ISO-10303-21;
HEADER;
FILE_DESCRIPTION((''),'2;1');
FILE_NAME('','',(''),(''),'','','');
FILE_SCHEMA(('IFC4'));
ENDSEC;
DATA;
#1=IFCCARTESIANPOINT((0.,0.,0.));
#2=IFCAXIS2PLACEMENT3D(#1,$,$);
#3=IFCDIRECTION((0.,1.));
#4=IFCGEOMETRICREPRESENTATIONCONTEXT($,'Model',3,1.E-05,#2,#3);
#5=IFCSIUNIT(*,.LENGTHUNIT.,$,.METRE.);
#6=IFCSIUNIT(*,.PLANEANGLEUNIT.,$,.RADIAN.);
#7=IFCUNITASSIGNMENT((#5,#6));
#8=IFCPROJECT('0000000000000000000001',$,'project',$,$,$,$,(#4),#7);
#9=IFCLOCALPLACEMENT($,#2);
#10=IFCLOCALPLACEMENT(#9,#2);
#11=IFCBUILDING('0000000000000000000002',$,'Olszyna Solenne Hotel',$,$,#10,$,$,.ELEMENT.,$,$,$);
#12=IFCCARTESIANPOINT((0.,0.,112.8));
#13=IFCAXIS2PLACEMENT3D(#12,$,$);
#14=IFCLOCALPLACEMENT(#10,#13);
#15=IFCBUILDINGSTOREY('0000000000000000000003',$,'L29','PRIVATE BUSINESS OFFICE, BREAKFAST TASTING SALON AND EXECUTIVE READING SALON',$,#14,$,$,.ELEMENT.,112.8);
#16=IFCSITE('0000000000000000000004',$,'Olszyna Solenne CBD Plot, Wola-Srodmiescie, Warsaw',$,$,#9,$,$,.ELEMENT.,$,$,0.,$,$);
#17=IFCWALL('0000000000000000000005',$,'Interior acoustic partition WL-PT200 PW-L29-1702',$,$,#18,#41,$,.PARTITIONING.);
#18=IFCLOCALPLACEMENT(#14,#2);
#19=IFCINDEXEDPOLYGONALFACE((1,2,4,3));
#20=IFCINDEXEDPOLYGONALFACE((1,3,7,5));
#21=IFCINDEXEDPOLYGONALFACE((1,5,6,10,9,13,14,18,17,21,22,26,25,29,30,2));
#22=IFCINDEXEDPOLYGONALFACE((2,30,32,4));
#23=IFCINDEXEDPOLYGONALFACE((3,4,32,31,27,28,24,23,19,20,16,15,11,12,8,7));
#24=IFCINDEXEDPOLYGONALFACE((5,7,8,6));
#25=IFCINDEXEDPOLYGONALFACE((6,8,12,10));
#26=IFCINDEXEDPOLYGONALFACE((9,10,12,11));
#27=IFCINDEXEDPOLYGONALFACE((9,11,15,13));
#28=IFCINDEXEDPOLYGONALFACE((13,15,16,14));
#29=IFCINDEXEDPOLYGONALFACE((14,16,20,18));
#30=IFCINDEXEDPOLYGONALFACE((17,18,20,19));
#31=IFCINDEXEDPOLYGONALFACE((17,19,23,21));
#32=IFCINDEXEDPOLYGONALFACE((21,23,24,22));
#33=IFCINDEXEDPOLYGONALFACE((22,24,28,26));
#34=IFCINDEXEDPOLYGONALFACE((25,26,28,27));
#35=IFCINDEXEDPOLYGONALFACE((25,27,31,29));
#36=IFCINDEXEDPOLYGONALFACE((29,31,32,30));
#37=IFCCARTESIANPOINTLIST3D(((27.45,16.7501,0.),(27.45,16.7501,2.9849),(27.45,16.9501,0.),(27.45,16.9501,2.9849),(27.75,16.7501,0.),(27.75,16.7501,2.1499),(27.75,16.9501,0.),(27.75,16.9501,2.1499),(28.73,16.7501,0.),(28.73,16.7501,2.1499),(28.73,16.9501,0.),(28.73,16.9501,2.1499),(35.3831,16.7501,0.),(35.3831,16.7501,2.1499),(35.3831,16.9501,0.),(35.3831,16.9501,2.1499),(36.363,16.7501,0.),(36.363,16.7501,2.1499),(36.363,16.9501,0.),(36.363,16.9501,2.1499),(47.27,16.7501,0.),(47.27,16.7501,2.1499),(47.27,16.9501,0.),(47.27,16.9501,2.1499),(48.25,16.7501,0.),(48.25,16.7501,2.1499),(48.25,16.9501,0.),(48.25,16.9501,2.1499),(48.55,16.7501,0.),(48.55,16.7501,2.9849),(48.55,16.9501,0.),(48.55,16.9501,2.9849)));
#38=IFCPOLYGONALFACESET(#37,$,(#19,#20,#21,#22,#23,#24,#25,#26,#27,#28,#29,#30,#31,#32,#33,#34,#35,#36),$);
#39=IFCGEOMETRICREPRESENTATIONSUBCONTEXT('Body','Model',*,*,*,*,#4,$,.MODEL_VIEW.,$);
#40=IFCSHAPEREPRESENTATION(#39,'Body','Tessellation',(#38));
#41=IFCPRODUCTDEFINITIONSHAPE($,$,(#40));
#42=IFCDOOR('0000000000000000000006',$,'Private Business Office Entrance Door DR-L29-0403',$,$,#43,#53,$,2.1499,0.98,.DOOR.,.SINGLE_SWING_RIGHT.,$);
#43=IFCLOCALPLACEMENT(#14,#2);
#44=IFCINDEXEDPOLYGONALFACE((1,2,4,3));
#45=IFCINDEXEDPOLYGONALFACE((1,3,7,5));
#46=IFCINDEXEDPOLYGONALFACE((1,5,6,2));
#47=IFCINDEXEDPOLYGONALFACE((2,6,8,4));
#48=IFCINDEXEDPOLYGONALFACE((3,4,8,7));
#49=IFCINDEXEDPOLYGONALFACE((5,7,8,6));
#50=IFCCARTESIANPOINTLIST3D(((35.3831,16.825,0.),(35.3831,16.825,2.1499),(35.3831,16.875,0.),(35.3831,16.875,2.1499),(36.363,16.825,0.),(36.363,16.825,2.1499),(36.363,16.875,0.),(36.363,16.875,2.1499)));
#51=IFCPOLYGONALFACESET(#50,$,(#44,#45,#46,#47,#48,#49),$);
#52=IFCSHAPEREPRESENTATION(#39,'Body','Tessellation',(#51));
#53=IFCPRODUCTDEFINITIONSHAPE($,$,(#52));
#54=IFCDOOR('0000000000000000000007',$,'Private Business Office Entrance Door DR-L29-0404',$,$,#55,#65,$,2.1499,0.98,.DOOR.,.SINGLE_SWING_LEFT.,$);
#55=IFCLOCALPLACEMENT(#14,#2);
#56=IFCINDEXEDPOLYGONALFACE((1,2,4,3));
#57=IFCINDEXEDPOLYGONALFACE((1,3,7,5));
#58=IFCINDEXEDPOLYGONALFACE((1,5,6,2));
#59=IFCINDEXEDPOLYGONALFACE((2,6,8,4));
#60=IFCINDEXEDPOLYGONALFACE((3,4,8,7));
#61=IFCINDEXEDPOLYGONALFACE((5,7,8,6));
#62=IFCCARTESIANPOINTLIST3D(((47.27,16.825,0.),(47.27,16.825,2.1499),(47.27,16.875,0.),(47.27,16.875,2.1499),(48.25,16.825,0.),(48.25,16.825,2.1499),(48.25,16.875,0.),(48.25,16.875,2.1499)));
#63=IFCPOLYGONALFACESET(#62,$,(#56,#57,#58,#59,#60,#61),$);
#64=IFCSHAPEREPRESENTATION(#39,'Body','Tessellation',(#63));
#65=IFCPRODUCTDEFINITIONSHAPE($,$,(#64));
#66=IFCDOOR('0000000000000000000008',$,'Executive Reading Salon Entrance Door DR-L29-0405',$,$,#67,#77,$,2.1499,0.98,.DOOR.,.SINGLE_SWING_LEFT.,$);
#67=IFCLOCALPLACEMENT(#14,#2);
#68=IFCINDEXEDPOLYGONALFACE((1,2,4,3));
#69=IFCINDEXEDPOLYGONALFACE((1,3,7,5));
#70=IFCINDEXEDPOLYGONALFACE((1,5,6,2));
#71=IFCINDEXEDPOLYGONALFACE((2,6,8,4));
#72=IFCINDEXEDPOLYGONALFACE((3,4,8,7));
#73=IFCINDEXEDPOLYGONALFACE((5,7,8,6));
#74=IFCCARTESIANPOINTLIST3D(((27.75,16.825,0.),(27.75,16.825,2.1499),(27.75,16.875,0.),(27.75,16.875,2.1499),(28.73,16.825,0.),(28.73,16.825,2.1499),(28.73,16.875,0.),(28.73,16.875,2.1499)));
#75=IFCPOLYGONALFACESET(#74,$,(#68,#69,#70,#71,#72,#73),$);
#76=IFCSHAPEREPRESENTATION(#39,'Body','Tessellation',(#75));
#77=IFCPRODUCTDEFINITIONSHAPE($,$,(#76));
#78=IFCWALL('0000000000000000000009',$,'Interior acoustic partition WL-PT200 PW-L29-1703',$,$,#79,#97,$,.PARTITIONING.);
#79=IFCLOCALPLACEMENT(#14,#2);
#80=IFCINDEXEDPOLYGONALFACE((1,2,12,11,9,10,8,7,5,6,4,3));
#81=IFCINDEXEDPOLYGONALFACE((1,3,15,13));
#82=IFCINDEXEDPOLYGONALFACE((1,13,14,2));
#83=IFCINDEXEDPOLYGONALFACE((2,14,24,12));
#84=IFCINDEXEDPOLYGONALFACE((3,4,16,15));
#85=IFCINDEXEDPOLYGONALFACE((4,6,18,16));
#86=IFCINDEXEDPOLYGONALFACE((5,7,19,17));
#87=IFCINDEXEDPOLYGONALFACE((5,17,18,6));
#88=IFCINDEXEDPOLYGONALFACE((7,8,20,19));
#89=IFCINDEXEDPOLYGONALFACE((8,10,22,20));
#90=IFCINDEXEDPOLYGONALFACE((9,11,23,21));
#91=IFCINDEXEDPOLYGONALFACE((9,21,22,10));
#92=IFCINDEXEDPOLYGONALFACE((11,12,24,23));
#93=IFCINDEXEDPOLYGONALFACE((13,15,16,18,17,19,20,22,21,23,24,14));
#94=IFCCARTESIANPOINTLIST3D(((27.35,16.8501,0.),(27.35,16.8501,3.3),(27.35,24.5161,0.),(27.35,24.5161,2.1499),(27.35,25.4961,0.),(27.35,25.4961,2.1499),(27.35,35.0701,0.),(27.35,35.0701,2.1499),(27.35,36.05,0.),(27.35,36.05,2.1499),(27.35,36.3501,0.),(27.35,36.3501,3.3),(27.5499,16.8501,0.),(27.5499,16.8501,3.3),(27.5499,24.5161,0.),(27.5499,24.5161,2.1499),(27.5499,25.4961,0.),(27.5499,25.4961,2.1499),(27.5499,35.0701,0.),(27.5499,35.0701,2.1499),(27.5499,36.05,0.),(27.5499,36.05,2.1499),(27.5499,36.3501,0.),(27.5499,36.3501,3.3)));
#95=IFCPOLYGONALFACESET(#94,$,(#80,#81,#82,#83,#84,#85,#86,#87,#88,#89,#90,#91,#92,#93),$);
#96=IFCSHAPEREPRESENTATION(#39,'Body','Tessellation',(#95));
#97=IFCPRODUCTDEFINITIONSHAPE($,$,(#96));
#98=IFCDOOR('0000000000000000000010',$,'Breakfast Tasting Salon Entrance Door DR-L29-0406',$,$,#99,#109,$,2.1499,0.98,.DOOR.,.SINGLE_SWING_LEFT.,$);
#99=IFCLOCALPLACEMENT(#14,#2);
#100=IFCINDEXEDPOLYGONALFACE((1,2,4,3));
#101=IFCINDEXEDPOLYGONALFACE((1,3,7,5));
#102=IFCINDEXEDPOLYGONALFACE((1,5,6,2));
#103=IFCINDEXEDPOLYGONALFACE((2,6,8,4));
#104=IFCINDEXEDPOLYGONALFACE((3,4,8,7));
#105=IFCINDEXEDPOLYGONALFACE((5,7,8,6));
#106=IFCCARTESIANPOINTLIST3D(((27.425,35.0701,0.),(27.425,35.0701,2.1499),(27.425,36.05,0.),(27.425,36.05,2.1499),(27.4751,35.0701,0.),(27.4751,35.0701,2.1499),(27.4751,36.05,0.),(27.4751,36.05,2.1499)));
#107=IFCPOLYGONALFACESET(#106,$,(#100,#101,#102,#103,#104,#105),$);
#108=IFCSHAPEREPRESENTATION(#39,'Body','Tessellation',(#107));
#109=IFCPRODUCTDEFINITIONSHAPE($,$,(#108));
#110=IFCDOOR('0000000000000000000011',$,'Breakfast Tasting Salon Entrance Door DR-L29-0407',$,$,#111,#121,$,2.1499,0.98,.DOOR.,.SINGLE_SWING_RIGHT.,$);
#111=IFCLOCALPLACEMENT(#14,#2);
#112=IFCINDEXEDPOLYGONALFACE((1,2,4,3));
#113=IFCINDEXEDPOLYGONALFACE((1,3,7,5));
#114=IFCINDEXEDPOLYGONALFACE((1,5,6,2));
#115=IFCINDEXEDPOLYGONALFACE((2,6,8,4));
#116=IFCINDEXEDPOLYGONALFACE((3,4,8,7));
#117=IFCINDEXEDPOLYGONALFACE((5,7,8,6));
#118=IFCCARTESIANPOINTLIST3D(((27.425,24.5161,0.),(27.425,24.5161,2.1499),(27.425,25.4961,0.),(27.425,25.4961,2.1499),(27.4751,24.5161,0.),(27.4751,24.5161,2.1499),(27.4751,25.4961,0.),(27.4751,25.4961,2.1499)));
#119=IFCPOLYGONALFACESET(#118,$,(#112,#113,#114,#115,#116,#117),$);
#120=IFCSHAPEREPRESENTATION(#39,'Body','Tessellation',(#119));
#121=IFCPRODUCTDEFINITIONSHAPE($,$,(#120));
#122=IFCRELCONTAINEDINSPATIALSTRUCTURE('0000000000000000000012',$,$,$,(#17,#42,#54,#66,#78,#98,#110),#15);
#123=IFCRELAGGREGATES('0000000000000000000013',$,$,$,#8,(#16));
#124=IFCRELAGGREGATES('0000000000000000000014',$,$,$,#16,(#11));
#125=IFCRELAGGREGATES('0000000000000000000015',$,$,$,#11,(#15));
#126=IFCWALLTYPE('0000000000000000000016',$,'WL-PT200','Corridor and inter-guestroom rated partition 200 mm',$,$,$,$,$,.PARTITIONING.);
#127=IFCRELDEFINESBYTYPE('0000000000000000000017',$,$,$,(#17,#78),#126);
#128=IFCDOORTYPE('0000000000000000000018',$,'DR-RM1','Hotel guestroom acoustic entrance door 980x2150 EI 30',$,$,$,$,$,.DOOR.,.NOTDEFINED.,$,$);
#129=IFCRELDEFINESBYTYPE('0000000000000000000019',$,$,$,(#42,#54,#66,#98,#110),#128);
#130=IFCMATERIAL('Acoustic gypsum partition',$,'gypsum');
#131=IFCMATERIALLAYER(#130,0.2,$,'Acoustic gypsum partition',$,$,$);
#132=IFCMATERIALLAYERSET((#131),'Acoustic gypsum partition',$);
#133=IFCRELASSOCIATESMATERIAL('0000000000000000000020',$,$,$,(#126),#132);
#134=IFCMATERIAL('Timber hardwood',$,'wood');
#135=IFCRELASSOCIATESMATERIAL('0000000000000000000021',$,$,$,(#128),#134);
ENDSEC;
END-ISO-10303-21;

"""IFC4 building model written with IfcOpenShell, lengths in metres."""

from ifc_helpers import new_model, si_unit, direction, frame, frame_2d, origin, place, context, subcontext, project, spatial, rectangle, extrude, source, transform, mapped, material, layer, layer_set, type_object, type_shapes, element, fill, save


model = new_model("IFC4")

# Units and contexts
model_context = context("Model", 3, precision=1e-05, world=origin(), true_north=direction((0.0, 1.0)))
body_context = subcontext(model_context, "Body", "Model", "MODEL_VIEW")
ifc_project = project(units=[si_unit("LENGTHUNIT", "METRE"), si_unit("PLANEANGLEUNIT", "RADIAN")], contexts=[model_context])

# Site, building, storey
site_placement = place(None, origin())
site = spatial("IfcSite", under=ifc_project, at=site_placement, Name="Olszyna Solenne CBD Plot, Wola-Srodmiescie, Warsaw", CompositionType="ELEMENT", RefElevation=0.0)
building_placement = place(site_placement, origin())
building = spatial("IfcBuilding", under=site, at=building_placement, Name="Olszyna Solenne Hotel", CompositionType="ELEMENT")
storey_placement = place(building_placement, frame((0.0, 0.0, 112.8)))
storey = spatial("IfcBuildingStorey", under=building, at=storey_placement, Name="L29", Description="PRIVATE BUSINESS OFFICE, BREAKFAST TASTING SALON AND EXECUTIVE READING SALON", CompositionType="ELEMENT", Elevation=112.8)

# Shared definitions
ifc_material_1 = material(Name="Timber hardwood", Category="wood")

# Shared definitions
ifc_material_2 = material(Name="Acoustic gypsum partition", Category="gypsum")

# Shared definitions
ifc_layer_1 = layer(ifc_material_2, 0.2, Name="Acoustic gypsum partition")
ifc_layer_set_1 = layer_set([ifc_layer_1], Name="Acoustic gypsum partition")
wall_type_1 = type_object("IfcWallType", Name="WL-PT200", Description="Corridor and inter-guestroom rated partition 200 mm", PredefinedType="PARTITIONING", material=ifc_layer_set_1)

# Walls, openings, doors
wall_1_placement = place(storey_placement, frame((27.45, 16.8501, 0.0), z_axis=(0.0, 0.0, 1.0), x_axis=(1.0, 0.0, 0.0)))
wall_1 = element("IfcWall", 1, at=wall_1_placement, inside=storey, type_object=wall_type_1, Name="Interior acoustic partition WL-PT200 PW-L29-1702", PredefinedType="PARTITIONING", context=body_context, shape_type="SweptSolid", body=[
    extrude(rectangle(XDim=21.1001, YDim=0.2, at=frame_2d((10.55, 0.0))), origin(), (0.0, 0.0, 1.0), 2.9849),
])
opening_1_placement = place(wall_1_placement, frame((7.9331, 0.0, 0.0)))
opening_1 = element("IfcOpeningElement", 2, at=opening_1_placement, cuts=wall_1, PredefinedType="OPENING", context=body_context, shape_type="SweptSolid", body=[
    extrude(rectangle(XDim=0.98, YDim=2.1499, at=frame_2d((0.49, 1.075))), frame((0.0, 0.1099, 0.0), z_axis=(0.0, -1.0, 0.0), x_axis=(1.0, 0.0, 0.0)), (0.0, 0.0, 1.0), 0.22),
])
opening_2_placement = place(wall_1_placement, frame((19.8201, 0.0, 0.0)))
opening_2 = element("IfcOpeningElement", 3, at=opening_2_placement, cuts=wall_1, PredefinedType="OPENING", context=body_context, shape_type="SweptSolid", body=[
    extrude(rectangle(XDim=0.98, YDim=2.1499, at=frame_2d((0.49, 1.075))), frame((0.0, 0.1099, 0.0), z_axis=(0.0, -1.0, 0.0), x_axis=(1.0, 0.0, 0.0)), (0.0, 0.0, 1.0), 0.22),
])
opening_3_placement = place(wall_1_placement, frame((0.3, 0.0, 0.0)))
opening_3 = element("IfcOpeningElement", 4, at=opening_3_placement, cuts=wall_1, PredefinedType="OPENING", context=body_context, shape_type="SweptSolid", body=[
    extrude(rectangle(XDim=0.98, YDim=2.1499, at=frame_2d((0.49, 1.075))), frame((0.0, 0.1099, 0.0), z_axis=(0.0, -1.0, 0.0), x_axis=(1.0, 0.0, 0.0)), (0.0, 0.0, 1.0), 0.22),
])
door_type_1 = type_object("IfcDoorType", Name="DR-RM1", Description="Hotel guestroom acoustic entrance door 980x2150 EI 30", OperationType="NOTDEFINED", PredefinedType="DOOR", material=ifc_material_1)
shared_shape_1 = source(origin(), body_context, "Body", "SweptSolid", [
    extrude(rectangle(XDim=0.98, YDim=2.1499, at=frame_2d((0.49, 1.075))), frame((0.0, 0.0249, 0.0), z_axis=(0.0, -1.0, 0.0), x_axis=(1.0, 0.0, 0.0)), (0.0, 0.0, 1.0), 0.05),
])
type_shapes(door_type_1, [shared_shape_1])
door_1_placement = place(opening_1_placement, origin())
door_1 = element("IfcDoor", 5, at=door_1_placement, inside=storey, type_object=door_type_1, Name="Private Business Office Entrance Door DR-L29-0403", OperationType="SINGLE_SWING_RIGHT", OverallHeight=2.1499, OverallWidth=0.98, PredefinedType="DOOR", context=body_context, shape_type="MappedRepresentation", body=[
    mapped(shared_shape_1, transform((0.0, 0.0, 0.0), x_axis=(1.0, 0.0, 0.0), y_axis=(0.0, 1.0, 0.0), z_axis=(0.0, 0.0, 1.0), scale=1.0)),
])
fill(opening_1, door_1)
door_2_placement = place(opening_2_placement, origin())
door_2 = element("IfcDoor", 6, at=door_2_placement, inside=storey, type_object=door_type_1, Name="Private Business Office Entrance Door DR-L29-0404", OperationType="SINGLE_SWING_LEFT", OverallHeight=2.1499, OverallWidth=0.98, PredefinedType="DOOR", context=body_context, shape_type="MappedRepresentation", body=[
    mapped(shared_shape_1, transform((0.0, 0.0, 0.0), x_axis=(1.0, 0.0, 0.0), y_axis=(0.0, 1.0, 0.0), z_axis=(0.0, 0.0, 1.0), scale=1.0)),
])
fill(opening_2, door_2)
door_3_placement = place(opening_3_placement, origin())
door_3 = element("IfcDoor", 7, at=door_3_placement, inside=storey, type_object=door_type_1, Name="Executive Reading Salon Entrance Door DR-L29-0405", OperationType="SINGLE_SWING_LEFT", OverallHeight=2.1499, OverallWidth=0.98, PredefinedType="DOOR", context=body_context, shape_type="MappedRepresentation", body=[
    mapped(shared_shape_1, transform((0.0, 0.0, 0.0), x_axis=(1.0, 0.0, 0.0), y_axis=(0.0, 1.0, 0.0), z_axis=(0.0, 0.0, 1.0), scale=1.0)),
])
fill(opening_3, door_3)
wall_2_placement = place(storey_placement, frame((27.45, 16.8501, 0.0), z_axis=(0.0, 0.0, 1.0), x_axis=(0.0, 1.0, 0.0)))
wall_2 = element("IfcWall", 8, at=wall_2_placement, inside=storey, type_object=wall_type_1, Name="Interior acoustic partition WL-PT200 PW-L29-1703", PredefinedType="PARTITIONING", context=body_context, shape_type="SweptSolid", body=[
    extrude(rectangle(XDim=19.5, YDim=0.2, at=frame_2d((9.75, 0.0))), origin(), (0.0, 0.0, 1.0), 3.3),
])
opening_4_placement = place(wall_2_placement, frame((18.22, 0.0, 0.0)))
opening_4 = element("IfcOpeningElement", 9, at=opening_4_placement, cuts=wall_2, PredefinedType="OPENING", context=body_context, shape_type="SweptSolid", body=[
    extrude(rectangle(XDim=0.98, YDim=2.1499, at=frame_2d((0.49, 1.075))), frame((0.0, 0.1099, 0.0), z_axis=(0.0, -1.0, 0.0), x_axis=(1.0, 0.0, 0.0)), (0.0, 0.0, 1.0), 0.22),
])
opening_5_placement = place(wall_2_placement, frame((7.666, 0.0, 0.0)))
opening_5 = element("IfcOpeningElement", 10, at=opening_5_placement, cuts=wall_2, PredefinedType="OPENING", context=body_context, shape_type="SweptSolid", body=[
    extrude(rectangle(XDim=0.98, YDim=2.1499, at=frame_2d((0.49, 1.075))), frame((0.0, 0.1099, 0.0), z_axis=(0.0, -1.0, 0.0), x_axis=(1.0, 0.0, 0.0)), (0.0, 0.0, 1.0), 0.22),
])
door_4_placement = place(opening_4_placement, origin())
door_4 = element("IfcDoor", 11, at=door_4_placement, inside=storey, type_object=door_type_1, Name="Breakfast Tasting Salon Entrance Door DR-L29-0406", OperationType="SINGLE_SWING_LEFT", OverallHeight=2.1499, OverallWidth=0.98, PredefinedType="DOOR", context=body_context, shape_type="MappedRepresentation", body=[
    mapped(shared_shape_1, transform((0.0, 0.0, 0.0), x_axis=(1.0, 0.0, 0.0), y_axis=(0.0, 1.0, 0.0), z_axis=(0.0, 0.0, 1.0), scale=1.0)),
])
fill(opening_4, door_4)
door_5_placement = place(opening_5_placement, origin())
door_5 = element("IfcDoor", 12, at=door_5_placement, inside=storey, type_object=door_type_1, Name="Breakfast Tasting Salon Entrance Door DR-L29-0407", OperationType="SINGLE_SWING_RIGHT", OverallHeight=2.1499, OverallWidth=0.98, PredefinedType="DOOR", context=body_context, shape_type="MappedRepresentation", body=[
    mapped(shared_shape_1, transform((0.0, 0.0, 0.0), x_axis=(1.0, 0.0, 0.0), y_axis=(0.0, 1.0, 0.0), z_axis=(0.0, 0.0, 1.0), scale=1.0)),
])
fill(opening_5, door_5)

save(model, "model.ifc")
